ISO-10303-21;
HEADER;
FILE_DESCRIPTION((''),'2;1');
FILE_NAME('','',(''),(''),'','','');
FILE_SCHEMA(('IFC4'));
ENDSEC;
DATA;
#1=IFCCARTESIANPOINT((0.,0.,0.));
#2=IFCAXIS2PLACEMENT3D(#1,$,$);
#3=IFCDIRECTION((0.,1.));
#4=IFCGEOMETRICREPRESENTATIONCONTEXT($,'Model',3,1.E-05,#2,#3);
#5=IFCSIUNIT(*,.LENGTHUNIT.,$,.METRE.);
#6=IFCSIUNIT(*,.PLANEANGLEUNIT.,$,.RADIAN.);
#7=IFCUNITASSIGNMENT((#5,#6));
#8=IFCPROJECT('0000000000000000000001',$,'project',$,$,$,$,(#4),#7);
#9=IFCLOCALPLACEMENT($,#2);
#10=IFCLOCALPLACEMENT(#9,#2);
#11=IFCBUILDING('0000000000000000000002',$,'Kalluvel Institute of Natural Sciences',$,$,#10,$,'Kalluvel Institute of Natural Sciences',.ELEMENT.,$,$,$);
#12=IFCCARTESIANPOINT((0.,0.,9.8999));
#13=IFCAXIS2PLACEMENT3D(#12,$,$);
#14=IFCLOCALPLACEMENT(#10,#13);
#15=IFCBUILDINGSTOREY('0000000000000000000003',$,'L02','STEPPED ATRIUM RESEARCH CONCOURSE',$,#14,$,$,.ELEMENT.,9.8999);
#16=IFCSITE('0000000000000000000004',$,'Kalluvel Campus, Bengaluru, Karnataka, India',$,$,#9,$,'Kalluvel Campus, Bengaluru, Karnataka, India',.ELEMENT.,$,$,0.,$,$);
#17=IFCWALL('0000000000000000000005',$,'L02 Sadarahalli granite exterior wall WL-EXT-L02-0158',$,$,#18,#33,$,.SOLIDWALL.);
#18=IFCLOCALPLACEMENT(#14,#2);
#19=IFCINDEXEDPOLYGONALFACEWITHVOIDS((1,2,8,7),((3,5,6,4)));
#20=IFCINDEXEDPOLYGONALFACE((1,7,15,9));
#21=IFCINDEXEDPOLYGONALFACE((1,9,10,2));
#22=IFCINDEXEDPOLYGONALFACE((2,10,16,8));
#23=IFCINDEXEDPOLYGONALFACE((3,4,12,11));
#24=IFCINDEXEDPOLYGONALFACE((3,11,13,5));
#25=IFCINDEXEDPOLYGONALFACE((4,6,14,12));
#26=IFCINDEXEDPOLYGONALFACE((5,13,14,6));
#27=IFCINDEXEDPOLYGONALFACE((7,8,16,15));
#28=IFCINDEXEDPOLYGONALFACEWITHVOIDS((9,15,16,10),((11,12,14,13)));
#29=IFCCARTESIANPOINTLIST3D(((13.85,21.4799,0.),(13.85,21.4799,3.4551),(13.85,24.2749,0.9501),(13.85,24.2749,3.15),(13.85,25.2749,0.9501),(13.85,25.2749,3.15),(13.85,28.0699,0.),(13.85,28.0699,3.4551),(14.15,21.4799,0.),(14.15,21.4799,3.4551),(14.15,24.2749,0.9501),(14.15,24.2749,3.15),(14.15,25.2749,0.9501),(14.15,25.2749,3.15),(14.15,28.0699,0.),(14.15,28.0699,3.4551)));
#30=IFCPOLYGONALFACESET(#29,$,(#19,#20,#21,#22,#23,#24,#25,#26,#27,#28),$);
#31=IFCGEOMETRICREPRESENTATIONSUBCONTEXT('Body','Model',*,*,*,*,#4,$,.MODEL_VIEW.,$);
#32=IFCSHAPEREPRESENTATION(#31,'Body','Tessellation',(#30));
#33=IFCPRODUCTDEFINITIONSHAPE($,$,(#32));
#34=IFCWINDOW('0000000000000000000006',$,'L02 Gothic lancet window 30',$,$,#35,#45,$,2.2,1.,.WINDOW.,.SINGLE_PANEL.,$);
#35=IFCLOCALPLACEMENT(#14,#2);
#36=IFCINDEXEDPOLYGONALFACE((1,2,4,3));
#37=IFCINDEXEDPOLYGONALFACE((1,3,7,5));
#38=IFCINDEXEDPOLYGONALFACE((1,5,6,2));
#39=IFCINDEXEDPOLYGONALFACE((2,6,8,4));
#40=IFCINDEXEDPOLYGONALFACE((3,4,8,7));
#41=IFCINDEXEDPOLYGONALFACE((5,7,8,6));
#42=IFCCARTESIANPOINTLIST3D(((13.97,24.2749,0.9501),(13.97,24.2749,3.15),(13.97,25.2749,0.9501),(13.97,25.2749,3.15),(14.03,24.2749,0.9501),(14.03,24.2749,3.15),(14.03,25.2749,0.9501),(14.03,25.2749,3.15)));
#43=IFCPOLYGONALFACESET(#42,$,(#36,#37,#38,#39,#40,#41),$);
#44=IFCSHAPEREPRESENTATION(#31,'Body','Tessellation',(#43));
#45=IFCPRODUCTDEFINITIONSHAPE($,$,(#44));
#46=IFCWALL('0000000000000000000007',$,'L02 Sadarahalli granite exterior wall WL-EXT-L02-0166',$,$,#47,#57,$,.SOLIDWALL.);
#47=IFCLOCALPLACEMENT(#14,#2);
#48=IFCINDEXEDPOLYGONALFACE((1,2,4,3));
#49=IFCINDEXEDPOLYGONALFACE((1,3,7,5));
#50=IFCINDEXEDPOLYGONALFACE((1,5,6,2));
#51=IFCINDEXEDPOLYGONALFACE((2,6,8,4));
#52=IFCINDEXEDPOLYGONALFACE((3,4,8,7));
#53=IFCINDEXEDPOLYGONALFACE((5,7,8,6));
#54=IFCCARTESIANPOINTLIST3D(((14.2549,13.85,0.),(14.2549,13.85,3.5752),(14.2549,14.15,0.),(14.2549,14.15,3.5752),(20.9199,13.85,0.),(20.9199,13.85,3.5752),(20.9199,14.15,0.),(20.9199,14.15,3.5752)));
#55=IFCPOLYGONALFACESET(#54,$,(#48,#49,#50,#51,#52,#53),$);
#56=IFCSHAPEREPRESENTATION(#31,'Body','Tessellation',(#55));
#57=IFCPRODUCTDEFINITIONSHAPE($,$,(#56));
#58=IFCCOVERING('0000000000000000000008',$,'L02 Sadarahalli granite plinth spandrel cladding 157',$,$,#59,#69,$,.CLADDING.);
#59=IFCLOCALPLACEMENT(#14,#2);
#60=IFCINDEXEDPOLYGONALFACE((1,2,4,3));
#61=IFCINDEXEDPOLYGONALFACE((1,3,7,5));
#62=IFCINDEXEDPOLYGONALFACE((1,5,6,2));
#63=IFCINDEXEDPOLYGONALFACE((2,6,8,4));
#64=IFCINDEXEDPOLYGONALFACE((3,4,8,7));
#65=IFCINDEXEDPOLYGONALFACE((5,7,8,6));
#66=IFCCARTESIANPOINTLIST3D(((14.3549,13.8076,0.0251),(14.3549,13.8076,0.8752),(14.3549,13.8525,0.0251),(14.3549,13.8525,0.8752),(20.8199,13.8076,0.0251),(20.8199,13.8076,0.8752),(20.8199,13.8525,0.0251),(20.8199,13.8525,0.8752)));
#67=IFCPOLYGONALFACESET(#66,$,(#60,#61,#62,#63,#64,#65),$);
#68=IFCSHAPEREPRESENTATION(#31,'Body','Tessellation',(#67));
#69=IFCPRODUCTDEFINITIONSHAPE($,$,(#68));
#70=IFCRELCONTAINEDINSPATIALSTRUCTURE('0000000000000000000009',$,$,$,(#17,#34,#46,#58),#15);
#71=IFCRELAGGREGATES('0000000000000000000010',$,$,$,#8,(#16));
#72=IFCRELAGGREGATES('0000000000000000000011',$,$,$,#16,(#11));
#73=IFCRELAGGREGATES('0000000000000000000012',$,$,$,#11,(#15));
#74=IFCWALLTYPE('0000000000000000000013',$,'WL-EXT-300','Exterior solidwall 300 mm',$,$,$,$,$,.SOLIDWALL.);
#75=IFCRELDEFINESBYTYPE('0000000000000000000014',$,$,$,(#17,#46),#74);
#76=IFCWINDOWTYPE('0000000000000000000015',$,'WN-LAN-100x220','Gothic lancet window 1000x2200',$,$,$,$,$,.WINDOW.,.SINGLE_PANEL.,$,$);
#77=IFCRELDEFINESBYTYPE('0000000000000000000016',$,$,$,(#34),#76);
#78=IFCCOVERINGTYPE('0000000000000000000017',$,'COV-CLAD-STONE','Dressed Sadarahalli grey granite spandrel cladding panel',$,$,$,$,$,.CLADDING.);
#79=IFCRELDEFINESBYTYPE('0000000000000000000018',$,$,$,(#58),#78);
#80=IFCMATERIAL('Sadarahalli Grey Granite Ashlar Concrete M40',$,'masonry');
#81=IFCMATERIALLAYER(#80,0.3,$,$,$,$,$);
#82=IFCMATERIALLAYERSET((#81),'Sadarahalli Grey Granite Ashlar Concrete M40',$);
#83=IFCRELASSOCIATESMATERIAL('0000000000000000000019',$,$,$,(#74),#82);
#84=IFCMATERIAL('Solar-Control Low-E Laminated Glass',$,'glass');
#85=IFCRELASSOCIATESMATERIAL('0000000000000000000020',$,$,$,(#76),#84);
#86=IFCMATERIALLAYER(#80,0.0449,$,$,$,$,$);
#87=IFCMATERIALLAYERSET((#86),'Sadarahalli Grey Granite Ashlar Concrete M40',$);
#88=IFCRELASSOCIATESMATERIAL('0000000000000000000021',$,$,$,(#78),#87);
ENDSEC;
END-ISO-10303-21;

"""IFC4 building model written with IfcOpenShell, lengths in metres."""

from ifc_helpers import new_model, si_unit, direction, frame, frame_2d, origin, origin_2d, place, context, subcontext, project, spatial, rectangle, extrude, material, layer, layer_set, type_object, element, fill, save


model = new_model("IFC4")

# Units and contexts
model_context = context("Model", 3, precision=1e-05, world=origin(), true_north=direction((0.0, 1.0)))
body_context = subcontext(model_context, "Body", "Model", "MODEL_VIEW")
ifc_project = project(units=[si_unit("LENGTHUNIT", "METRE"), si_unit("PLANEANGLEUNIT", "RADIAN")], contexts=[model_context])

# Site, building, storey
site_placement = place(None, origin())
site = spatial("IfcSite", under=ifc_project, at=site_placement, Name="Kalluvel Campus, Bengaluru, Karnataka, India", LongName="Kalluvel Campus, Bengaluru, Karnataka, India", CompositionType="ELEMENT", RefElevation=0.0)
building_placement = place(site_placement, origin())
building = spatial("IfcBuilding", under=site, at=building_placement, Name="Kalluvel Institute of Natural Sciences", LongName="Kalluvel Institute of Natural Sciences", CompositionType="ELEMENT")
storey_placement = place(building_placement, frame((0.0, 0.0, 9.8999)))
storey = spatial("IfcBuildingStorey", under=building, at=storey_placement, Name="L02", Description="STEPPED ATRIUM RESEARCH CONCOURSE", CompositionType="ELEMENT", Elevation=9.8999)

# Shared definitions
ifc_material_1 = material(Name="Solar-Control Low-E Laminated Glass", Category="glass")

# Wall, opening, window
ifc_material_2 = material(Name="Sadarahalli Grey Granite Ashlar Concrete M40", Category="masonry")
ifc_layer_1 = layer(ifc_material_2, 0.3)
ifc_layer_set_1 = layer_set([ifc_layer_1], Name="Sadarahalli Grey Granite Ashlar Concrete M40")
wall_type = type_object("IfcWallType", Name="WL-EXT-300", Description="Exterior solidwall 300 mm", PredefinedType="SOLIDWALL", material=ifc_layer_set_1)
wall_1_placement = place(storey_placement, frame((14.0, 21.48, 0.0), z_axis=(0.0, 0.0, 1.0), x_axis=(0.0, 1.0, 0.0)))
wall_1 = element("IfcWall", 1, at=wall_1_placement, inside=storey, type_object=wall_type, Name="L02 Sadarahalli granite exterior wall WL-EXT-L02-0158", PredefinedType="SOLIDWALL", context=body_context, shape_type="SweptSolid", body=[
    extrude(rectangle(XDim=6.5901, YDim=0.3, at=frame_2d((3.2949, 0.0))), origin(), (0.0, 0.0, 1.0), 3.4551),
])
opening_placement = place(wall_1_placement, frame((2.7949, 0.0, 0.95)))
opening = element("IfcOpeningElement", 2, at=opening_placement, cuts=wall_1, PredefinedType="OPENING", context=body_context, shape_type="SweptSolid", body=[
    extrude(rectangle(XDim=1.0, YDim=2.2, at=frame_2d((0.5, 1.1001))), frame((0.0, 0.1599, 0.0), z_axis=(0.0, -1.0, 0.0), x_axis=(1.0, 0.0, 0.0)), (0.0, 0.0, 1.0), 0.3201),
])
window_type = type_object("IfcWindowType", Name="WN-LAN-100x220", Description="Gothic lancet window 1000x2200", PartitioningType="SINGLE_PANEL", PredefinedType="WINDOW", material=ifc_material_1)
window_placement = place(opening_placement, origin())
window = element("IfcWindow", 3, at=window_placement, inside=storey, type_object=window_type, Name="L02 Gothic lancet window 30", OverallHeight=2.2, OverallWidth=1.0, PartitioningType="SINGLE_PANEL", PredefinedType="WINDOW", context=body_context, shape_type="SweptSolid", body=[
    extrude(rectangle(XDim=1.0, YDim=2.2, at=frame_2d((0.5, 1.1001))), frame((0.0, 0.03, 0.0), z_axis=(0.0, -1.0, 0.0), x_axis=(1.0, 0.0, 0.0)), (0.0, 0.0, 1.0), 0.0601),
])
fill(opening, window)

# Wall
wall_2_placement = place(storey_placement, frame((14.2549, 14.0, 0.0), z_axis=(0.0, 0.0, 1.0), x_axis=(1.0, 0.0, 0.0)))
element("IfcWall", 4, at=wall_2_placement, inside=storey, type_object=wall_type, Name="L02 Sadarahalli granite exterior wall WL-EXT-L02-0166", PredefinedType="SOLIDWALL", context=body_context, shape_type="SweptSolid", body=[
    extrude(rectangle(XDim=6.665, YDim=0.3, at=frame_2d((3.3325, 0.0))), origin(), (0.0, 0.0, 1.0), 3.5752),
])

# Covering
ifc_layer_2 = layer(ifc_material_2, 0.0449)
ifc_layer_set_2 = layer_set([ifc_layer_2], Name="Sadarahalli Grey Granite Ashlar Concrete M40")
covering_type = type_object("IfcCoveringType", Name="COV-CLAD-STONE", Description="Dressed Sadarahalli grey granite spandrel cladding panel", PredefinedType="CLADDING", material=ifc_layer_set_2)
covering_placement = place(storey_placement, frame((17.5874, 13.8301, 0.0251), z_axis=(0.0, 0.0, 1.0), x_axis=(1.0, 0.0, 0.0)))
element("IfcCovering", 5, at=covering_placement, inside=storey, type_object=covering_type, Name="L02 Sadarahalli granite plinth spandrel cladding 157", PredefinedType="CLADDING", context=body_context, shape_type="SweptSolid", body=[
    extrude(rectangle(XDim=6.4651, YDim=0.0449, at=origin_2d()), origin(), (0.0, 0.0, 1.0), 0.8501),
])

save(model, "model.ifc")
